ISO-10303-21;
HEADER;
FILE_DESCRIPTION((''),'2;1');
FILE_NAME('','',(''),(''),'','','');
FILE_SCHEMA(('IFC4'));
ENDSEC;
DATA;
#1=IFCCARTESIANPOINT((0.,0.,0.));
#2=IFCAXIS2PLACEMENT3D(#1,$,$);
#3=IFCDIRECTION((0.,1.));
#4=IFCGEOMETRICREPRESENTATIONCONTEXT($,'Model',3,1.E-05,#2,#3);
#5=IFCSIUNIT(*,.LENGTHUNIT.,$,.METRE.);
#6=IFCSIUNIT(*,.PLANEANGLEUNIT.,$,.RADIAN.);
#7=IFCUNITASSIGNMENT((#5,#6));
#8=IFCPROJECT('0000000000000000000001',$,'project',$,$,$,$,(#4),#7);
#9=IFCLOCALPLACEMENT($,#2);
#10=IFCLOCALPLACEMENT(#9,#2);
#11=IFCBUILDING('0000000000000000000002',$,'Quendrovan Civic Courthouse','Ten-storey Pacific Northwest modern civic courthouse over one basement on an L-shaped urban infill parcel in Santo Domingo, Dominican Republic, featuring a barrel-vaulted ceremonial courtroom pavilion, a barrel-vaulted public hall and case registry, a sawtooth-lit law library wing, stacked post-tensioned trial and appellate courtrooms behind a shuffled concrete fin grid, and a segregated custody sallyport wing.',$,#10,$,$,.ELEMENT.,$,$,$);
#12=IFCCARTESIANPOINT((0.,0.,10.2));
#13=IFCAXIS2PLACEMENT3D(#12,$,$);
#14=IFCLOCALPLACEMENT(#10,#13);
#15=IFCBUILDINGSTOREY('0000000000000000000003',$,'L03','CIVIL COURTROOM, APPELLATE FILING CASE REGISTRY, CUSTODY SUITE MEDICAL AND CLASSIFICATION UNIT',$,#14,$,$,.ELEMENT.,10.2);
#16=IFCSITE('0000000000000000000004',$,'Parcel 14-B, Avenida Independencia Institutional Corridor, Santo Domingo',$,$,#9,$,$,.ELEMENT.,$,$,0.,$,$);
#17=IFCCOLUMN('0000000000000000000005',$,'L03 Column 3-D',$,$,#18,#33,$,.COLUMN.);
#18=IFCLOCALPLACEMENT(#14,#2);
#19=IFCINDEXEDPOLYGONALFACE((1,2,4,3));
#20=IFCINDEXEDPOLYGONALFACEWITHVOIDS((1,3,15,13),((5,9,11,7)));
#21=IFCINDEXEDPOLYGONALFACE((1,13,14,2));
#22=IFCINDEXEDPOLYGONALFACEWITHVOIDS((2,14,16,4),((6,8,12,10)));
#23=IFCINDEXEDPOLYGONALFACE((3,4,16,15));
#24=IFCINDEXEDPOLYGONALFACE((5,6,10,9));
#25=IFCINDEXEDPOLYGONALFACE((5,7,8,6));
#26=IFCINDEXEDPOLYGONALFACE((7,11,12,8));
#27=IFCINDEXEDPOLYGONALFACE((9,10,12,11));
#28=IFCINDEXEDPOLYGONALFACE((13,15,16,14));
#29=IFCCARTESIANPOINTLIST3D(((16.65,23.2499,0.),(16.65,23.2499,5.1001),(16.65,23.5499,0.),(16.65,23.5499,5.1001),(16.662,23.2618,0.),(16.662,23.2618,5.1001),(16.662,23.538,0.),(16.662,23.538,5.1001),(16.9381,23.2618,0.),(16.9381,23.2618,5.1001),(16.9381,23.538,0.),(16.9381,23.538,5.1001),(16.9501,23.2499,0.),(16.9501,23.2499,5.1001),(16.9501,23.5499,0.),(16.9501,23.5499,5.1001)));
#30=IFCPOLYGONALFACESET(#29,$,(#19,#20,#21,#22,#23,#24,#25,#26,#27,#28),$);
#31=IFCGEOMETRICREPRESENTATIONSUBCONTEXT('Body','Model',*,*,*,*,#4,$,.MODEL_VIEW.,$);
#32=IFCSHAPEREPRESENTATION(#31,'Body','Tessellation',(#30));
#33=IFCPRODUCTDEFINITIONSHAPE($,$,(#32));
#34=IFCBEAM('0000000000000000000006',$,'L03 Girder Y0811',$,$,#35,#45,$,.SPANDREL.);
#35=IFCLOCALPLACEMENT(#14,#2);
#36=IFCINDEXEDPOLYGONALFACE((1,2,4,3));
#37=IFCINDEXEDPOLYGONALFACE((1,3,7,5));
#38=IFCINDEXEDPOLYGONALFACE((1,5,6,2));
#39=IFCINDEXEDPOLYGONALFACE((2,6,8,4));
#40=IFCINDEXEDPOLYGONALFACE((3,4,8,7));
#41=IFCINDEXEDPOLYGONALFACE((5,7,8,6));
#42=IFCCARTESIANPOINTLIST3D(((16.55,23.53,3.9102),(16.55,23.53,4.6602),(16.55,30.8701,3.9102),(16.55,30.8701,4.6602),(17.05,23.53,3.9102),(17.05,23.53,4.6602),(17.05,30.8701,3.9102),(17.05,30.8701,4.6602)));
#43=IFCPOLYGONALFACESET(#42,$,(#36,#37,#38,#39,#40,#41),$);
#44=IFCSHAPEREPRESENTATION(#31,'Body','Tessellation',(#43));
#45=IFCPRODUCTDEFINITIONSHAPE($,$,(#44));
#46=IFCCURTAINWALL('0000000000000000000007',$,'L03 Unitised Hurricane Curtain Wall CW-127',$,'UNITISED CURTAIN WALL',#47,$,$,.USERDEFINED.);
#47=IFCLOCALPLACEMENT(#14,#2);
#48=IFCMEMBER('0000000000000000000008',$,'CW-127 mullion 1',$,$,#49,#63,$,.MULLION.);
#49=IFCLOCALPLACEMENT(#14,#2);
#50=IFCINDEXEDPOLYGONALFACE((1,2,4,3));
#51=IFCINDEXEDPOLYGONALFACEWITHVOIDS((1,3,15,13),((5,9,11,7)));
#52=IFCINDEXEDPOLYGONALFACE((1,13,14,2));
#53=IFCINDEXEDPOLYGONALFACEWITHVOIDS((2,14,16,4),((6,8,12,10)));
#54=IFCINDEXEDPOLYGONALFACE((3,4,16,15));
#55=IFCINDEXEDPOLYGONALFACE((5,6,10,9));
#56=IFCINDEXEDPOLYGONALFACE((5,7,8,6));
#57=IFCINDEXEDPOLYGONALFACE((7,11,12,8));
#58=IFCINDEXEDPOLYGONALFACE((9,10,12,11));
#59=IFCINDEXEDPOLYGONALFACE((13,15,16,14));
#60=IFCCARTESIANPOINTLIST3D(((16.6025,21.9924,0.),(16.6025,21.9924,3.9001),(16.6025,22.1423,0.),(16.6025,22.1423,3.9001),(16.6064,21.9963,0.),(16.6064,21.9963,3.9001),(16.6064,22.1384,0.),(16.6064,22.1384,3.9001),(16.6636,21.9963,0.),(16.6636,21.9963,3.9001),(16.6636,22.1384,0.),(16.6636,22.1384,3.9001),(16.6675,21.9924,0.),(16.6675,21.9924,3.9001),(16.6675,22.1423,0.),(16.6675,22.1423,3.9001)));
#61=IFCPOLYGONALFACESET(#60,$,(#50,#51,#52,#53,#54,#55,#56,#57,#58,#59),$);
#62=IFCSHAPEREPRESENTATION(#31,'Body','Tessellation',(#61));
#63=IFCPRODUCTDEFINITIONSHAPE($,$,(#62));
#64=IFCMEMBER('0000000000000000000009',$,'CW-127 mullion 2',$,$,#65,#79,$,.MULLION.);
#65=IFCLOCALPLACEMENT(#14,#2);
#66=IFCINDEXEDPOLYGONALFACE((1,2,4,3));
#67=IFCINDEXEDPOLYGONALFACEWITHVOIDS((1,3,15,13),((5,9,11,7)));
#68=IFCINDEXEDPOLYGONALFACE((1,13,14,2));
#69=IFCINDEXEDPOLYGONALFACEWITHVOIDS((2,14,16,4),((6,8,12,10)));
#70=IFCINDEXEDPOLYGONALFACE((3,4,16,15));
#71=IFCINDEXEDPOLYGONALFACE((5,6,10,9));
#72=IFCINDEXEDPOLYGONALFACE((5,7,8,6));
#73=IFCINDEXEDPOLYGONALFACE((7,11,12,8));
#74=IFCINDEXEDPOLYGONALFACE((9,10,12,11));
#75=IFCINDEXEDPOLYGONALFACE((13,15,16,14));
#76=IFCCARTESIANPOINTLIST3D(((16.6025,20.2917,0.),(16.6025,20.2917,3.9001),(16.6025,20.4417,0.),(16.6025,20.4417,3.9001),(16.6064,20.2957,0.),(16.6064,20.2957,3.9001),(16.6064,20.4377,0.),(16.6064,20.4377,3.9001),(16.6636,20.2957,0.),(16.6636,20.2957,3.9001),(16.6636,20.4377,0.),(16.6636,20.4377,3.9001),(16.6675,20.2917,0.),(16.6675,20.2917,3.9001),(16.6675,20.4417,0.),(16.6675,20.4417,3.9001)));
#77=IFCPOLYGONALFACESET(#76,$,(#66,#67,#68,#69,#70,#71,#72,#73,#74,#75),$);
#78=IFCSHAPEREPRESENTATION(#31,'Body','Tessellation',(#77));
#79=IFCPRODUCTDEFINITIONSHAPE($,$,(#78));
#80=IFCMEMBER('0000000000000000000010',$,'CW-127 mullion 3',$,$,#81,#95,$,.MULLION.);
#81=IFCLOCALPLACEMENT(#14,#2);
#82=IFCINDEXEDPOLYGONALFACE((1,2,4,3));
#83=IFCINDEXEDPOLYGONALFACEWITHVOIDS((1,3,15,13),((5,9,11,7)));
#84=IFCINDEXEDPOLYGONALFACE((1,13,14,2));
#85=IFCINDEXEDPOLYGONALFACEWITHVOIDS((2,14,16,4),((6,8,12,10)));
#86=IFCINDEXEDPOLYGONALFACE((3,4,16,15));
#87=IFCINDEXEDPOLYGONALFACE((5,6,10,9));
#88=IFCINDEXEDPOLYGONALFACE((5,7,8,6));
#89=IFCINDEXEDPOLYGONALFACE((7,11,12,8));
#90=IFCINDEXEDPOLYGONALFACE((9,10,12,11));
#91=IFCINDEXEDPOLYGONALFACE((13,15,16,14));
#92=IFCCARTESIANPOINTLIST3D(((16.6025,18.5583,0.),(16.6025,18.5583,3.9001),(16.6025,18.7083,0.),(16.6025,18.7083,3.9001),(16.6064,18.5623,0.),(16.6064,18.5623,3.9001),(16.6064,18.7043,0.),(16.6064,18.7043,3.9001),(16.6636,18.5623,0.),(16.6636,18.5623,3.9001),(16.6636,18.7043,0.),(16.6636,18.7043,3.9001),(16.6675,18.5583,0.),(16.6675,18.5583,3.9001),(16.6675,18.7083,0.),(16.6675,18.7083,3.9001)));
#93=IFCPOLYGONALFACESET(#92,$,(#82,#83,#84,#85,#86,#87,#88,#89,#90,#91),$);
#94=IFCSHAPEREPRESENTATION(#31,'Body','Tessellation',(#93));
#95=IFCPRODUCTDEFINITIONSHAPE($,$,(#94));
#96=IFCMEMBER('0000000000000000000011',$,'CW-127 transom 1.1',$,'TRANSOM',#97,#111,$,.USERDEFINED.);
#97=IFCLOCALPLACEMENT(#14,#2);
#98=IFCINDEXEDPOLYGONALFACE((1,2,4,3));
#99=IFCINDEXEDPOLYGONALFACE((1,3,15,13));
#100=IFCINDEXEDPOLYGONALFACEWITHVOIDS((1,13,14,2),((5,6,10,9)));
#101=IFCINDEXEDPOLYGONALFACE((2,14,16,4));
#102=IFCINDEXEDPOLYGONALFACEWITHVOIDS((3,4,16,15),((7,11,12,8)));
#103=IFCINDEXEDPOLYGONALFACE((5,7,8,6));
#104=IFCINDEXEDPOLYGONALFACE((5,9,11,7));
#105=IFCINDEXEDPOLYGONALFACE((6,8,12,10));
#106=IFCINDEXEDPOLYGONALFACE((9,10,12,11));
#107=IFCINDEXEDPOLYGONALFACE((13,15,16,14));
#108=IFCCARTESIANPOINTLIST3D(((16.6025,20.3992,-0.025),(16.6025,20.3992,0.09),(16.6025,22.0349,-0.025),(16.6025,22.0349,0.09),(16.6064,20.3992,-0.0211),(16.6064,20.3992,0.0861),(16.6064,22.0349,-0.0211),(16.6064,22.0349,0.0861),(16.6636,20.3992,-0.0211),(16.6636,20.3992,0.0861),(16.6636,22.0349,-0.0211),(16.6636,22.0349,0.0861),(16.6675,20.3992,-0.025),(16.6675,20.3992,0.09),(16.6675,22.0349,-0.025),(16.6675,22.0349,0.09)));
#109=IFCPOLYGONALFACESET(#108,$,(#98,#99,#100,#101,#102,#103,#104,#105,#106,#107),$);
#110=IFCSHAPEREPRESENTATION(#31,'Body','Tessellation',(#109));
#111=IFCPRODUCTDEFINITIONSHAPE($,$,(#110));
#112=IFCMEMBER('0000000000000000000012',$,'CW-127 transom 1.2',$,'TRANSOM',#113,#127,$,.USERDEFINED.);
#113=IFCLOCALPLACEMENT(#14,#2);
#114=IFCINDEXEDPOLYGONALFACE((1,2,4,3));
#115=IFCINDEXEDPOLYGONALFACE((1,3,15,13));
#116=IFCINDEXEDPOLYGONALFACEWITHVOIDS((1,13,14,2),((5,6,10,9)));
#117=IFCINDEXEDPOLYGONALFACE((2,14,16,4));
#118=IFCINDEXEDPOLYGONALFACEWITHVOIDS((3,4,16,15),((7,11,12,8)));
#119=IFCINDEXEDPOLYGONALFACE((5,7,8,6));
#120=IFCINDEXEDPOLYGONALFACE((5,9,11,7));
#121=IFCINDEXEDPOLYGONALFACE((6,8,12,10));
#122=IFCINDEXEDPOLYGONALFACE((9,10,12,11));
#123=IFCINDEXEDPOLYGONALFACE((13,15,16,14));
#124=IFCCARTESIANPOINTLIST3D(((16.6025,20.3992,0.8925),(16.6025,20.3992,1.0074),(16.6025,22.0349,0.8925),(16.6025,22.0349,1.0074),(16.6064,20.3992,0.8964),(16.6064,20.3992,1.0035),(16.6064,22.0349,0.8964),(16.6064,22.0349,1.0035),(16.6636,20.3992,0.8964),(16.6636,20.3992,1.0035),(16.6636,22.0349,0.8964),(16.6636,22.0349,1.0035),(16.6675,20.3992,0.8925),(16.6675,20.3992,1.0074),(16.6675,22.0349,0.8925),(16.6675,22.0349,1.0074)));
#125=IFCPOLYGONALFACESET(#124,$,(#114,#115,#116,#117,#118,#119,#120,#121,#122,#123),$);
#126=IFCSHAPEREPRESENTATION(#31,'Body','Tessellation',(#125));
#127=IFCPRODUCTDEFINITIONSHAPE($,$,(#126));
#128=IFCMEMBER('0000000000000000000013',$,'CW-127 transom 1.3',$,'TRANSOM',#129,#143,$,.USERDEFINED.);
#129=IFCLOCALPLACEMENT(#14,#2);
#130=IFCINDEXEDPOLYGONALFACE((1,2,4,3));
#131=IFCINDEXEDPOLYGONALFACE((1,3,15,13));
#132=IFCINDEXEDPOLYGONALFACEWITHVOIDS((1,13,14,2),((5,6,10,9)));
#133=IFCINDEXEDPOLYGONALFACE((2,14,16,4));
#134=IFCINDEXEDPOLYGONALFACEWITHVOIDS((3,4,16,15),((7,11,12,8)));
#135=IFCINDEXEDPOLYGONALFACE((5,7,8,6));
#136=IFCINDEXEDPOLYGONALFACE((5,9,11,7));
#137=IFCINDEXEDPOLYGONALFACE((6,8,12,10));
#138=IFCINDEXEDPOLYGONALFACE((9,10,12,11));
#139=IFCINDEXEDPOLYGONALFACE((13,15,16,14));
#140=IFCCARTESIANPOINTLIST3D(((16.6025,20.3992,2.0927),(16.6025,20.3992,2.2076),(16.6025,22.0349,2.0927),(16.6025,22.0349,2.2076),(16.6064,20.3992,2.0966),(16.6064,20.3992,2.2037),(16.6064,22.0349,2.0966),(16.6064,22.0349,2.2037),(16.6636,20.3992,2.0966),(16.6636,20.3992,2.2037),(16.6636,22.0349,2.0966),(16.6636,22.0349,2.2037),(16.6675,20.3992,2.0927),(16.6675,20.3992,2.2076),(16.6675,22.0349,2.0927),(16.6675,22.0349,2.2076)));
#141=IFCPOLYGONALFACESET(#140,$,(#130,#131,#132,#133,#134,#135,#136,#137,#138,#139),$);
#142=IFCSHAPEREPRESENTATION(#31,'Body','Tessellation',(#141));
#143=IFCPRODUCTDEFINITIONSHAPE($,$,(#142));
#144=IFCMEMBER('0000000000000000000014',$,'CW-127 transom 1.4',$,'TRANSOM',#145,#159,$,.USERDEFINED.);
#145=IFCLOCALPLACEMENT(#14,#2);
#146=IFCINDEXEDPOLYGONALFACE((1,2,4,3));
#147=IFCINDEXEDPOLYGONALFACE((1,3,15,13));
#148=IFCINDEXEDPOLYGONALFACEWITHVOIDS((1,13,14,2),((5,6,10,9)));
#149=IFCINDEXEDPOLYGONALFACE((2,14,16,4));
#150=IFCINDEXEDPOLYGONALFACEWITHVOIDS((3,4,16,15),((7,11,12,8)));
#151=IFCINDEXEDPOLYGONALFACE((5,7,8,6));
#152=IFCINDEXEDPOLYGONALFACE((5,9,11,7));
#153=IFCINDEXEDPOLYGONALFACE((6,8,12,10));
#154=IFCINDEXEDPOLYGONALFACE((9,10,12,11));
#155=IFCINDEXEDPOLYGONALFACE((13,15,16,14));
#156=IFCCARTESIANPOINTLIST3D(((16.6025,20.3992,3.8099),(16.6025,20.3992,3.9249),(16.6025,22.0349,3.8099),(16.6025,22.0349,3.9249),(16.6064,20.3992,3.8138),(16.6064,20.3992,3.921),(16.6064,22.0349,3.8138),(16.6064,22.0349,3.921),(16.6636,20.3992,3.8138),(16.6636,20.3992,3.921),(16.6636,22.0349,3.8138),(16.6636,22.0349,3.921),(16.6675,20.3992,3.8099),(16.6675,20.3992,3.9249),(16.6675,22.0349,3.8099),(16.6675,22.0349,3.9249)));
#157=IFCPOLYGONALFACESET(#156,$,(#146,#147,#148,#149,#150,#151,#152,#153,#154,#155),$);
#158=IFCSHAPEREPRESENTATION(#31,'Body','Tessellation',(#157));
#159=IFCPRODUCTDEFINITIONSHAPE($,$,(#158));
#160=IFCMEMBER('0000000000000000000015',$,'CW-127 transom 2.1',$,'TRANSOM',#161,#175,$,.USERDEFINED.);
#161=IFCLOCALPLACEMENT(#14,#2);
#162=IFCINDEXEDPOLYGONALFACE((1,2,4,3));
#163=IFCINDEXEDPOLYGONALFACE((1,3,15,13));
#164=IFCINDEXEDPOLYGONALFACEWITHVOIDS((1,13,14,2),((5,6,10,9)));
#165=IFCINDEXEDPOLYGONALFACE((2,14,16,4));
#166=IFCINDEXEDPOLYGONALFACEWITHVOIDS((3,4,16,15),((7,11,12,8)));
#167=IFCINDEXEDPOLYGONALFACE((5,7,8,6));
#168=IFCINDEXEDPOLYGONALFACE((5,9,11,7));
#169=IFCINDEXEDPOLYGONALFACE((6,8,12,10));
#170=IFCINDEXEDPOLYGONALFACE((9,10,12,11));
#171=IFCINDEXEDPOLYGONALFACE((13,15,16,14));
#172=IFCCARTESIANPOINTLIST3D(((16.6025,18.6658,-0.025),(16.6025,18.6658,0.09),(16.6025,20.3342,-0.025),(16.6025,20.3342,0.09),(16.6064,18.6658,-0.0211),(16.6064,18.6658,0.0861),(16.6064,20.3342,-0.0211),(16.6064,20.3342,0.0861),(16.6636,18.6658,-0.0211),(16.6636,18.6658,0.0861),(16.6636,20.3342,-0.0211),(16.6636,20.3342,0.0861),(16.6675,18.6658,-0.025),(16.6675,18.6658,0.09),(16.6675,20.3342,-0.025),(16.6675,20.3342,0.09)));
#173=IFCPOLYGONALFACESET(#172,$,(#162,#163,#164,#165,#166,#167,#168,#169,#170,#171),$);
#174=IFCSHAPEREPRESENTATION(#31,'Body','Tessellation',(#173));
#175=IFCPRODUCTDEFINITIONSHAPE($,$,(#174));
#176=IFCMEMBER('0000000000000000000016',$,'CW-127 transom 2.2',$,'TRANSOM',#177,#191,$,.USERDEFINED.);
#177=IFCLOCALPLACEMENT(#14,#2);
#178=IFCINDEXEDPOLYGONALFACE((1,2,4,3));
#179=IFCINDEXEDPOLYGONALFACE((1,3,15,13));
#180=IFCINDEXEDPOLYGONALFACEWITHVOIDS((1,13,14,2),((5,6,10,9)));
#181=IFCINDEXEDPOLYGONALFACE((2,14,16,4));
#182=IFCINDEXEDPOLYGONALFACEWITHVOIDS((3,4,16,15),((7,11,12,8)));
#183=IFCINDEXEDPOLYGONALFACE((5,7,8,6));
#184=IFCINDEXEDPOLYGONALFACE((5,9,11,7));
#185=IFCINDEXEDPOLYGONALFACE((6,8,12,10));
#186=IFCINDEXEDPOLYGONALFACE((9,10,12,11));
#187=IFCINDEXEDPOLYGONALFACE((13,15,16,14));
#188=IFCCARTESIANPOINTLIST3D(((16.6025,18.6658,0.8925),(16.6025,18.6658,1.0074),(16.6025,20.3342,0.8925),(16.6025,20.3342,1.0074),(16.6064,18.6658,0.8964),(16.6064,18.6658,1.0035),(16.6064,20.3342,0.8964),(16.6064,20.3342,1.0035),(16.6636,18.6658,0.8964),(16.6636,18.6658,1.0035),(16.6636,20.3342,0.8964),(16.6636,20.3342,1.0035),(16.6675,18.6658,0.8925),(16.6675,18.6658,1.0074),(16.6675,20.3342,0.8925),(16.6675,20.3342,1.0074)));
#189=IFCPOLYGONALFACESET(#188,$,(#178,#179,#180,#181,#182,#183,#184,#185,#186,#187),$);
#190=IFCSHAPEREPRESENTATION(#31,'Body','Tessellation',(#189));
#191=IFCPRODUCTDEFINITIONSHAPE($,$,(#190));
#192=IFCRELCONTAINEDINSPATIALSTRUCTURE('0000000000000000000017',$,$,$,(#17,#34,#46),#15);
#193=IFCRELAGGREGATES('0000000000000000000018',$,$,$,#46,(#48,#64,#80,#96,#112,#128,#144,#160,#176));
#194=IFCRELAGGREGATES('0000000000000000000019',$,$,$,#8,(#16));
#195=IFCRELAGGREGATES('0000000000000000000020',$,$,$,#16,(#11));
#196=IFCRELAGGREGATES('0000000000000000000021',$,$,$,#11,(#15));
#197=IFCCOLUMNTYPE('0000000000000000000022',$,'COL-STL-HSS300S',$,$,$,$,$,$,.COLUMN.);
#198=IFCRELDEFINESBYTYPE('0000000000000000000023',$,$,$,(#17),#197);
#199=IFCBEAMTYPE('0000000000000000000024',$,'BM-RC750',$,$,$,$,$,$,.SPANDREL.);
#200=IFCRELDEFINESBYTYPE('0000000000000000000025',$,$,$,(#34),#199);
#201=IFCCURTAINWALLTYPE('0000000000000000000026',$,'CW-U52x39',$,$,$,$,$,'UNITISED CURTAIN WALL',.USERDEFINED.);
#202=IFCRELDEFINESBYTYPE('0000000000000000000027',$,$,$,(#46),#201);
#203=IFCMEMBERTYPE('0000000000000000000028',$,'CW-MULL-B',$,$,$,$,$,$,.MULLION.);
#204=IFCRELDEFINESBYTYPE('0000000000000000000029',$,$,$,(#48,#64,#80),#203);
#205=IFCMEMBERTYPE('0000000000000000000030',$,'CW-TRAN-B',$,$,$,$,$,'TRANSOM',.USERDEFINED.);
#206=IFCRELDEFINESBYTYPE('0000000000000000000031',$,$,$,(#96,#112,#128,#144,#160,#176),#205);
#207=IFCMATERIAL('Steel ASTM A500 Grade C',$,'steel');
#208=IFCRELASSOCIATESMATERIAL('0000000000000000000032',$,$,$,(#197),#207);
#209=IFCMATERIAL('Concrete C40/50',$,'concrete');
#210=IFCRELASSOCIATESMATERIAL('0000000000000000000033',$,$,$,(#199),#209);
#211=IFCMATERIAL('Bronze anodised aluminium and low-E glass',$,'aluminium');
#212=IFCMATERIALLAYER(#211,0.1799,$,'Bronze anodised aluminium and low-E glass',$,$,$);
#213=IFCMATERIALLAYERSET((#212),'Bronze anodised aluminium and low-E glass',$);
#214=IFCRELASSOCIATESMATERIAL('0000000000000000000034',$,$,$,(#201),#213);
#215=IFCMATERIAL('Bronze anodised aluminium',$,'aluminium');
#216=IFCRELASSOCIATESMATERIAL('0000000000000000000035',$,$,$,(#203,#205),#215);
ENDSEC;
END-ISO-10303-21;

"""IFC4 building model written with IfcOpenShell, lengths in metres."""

from ifc_helpers import new_model, si_unit, direction, frame, origin, origin_2d, place, context, subcontext, project, spatial, rectangle, hollow_rectangle, extrude, material, layer, layer_set, material_profile, profile_set, type_object, element, aggregate, save


model = new_model("IFC4")

# Units and contexts
model_context = context("Model", 3, precision=1e-05, world=origin(), true_north=direction((0.0, 1.0)))
body_context = subcontext(model_context, "Body", "Model", "MODEL_VIEW")
ifc_project = project(units=[si_unit("LENGTHUNIT", "METRE"), si_unit("PLANEANGLEUNIT", "RADIAN")], contexts=[model_context])

# Site, building, storey
site_placement = place(None, origin())
site = spatial("IfcSite", under=ifc_project, at=site_placement, Name="Parcel 14-B, Avenida Independencia Institutional Corridor, Santo Domingo", CompositionType="ELEMENT", RefElevation=0.0)
building_placement = place(site_placement, origin())
building = spatial("IfcBuilding", under=site, at=building_placement, Name="Quendrovan Civic Courthouse", Description="Ten-storey Pacific Northwest modern civic courthouse over one basement on an L-shaped urban infill parcel in Santo Domingo, Dominican Republic, featuring a barrel-vaulted ceremonial courtroom pavilion, a barrel-vaulted public hall and case registry, a sawtooth-lit law library wing, stacked post-tensioned trial and appellate courtrooms behind a shuffled concrete fin grid, and a segregated custody sallyport wing.", CompositionType="ELEMENT")
storey_placement = place(building_placement, frame((0.0, 0.0, 10.2)))
storey = spatial("IfcBuildingStorey", under=building, at=storey_placement, Name="L03", Description="CIVIL COURTROOM, APPELLATE FILING CASE REGISTRY, CUSTODY SUITE MEDICAL AND CLASSIFICATION UNIT", CompositionType="ELEMENT", Elevation=10.2)

# Column
ifc_material_1 = material(Name="Steel ASTM A500 Grade C", Category="steel")
ifc_material_profile_1 = material_profile(ifc_material_1, hollow_rectangle(XDim=0.3, YDim=0.3, WallThickness=0.012, at=origin_2d()), Name="HSS300x300x12")
ifc_profile_set_1 = profile_set([ifc_material_profile_1], Name="Steel ASTM A500 Grade C")
column_type = type_object("IfcColumnType", Name="COL-STL-HSS300S", PredefinedType="COLUMN", material=ifc_profile_set_1)
column_placement = place(storey_placement, frame((16.8, 23.3999, 0.0), z_axis=(0.0, 0.0, 1.0), x_axis=(1.0, 0.0, 0.0)))
element("IfcColumn", 1, at=column_placement, inside=storey, type_object=column_type, Name="L03 Column 3-D", PredefinedType="COLUMN", context=body_context, shape_type="SweptSolid", body=[
    extrude(hollow_rectangle(XDim=0.3, YDim=0.3, WallThickness=0.012, at=origin_2d()), origin(), (0.0, 0.0, 1.0), 5.1001),
])

# Beam
ifc_material_2 = material(Name="Concrete C40/50", Category="concrete")
ifc_material_profile_2 = material_profile(ifc_material_2, rectangle(XDim=0.5, YDim=0.75, at=origin_2d()), Name="RC-BM-500x750")
ifc_profile_set_2 = profile_set([ifc_material_profile_2], Name="Concrete C40/50")
beam_type = type_object("IfcBeamType", Name="BM-RC750", PredefinedType="SPANDREL", material=ifc_profile_set_2)
beam_placement = place(storey_placement, frame((16.8, 23.53, 4.2852), z_axis=(0.0, 1.0, 0.0), x_axis=(-1.0, 0.0, 0.0)))
element("IfcBeam", 2, at=beam_placement, inside=storey, type_object=beam_type, Name="L03 Girder Y0811", PredefinedType="SPANDREL", context=body_context, shape_type="SweptSolid", body=[
    extrude(rectangle(XDim=0.5, YDim=0.75, at=origin_2d()), origin(), (0.0, 0.0, 1.0), 7.3401),
])

# Curtain wall, members
ifc_material_3 = material(Name="Bronze anodised aluminium and low-E glass", Category="aluminium")
ifc_layer_1 = layer(ifc_material_3, 0.1799, Name="Bronze anodised aluminium and low-E glass")
ifc_layer_set_1 = layer_set([ifc_layer_1], Name="Bronze anodised aluminium and low-E glass")
curtain_wall_type = type_object("IfcCurtainWallType", Name="CW-U52x39", ElementType="UNITISED CURTAIN WALL", PredefinedType="USERDEFINED", material=ifc_layer_set_1)
curtain_wall_placement = place(storey_placement, origin())
curtain_wall = element("IfcCurtainWall", 3, at=curtain_wall_placement, inside=storey, type_object=curtain_wall_type, Name="L03 Unitised Hurricane Curtain Wall CW-127", ObjectType="UNITISED CURTAIN WALL", PredefinedType="USERDEFINED")
ifc_material_4 = material(Name="Bronze anodised aluminium", Category="aluminium")
ifc_material_profile_3 = material_profile(ifc_material_4, hollow_rectangle(XDim=0.0649, YDim=0.1499, WallThickness=0.0039, at=origin_2d()), Name="CW-MULL-65x150")
ifc_profile_set_3 = profile_set([ifc_material_profile_3], Name="Bronze anodised aluminium")
member_type_1 = type_object("IfcMemberType", Name="CW-MULL-B", PredefinedType="MULLION", material=ifc_profile_set_3)
member_1_placement = place(storey_placement, frame((16.635, 22.0674, 0.0), z_axis=(0.0, 0.0, 1.0), x_axis=(1.0, 0.0, 0.0)))
member_1 = element("IfcMember", 4, at=member_1_placement, type_object=member_type_1, Name="CW-127 mullion 1", PredefinedType="MULLION", context=body_context, shape_type="SweptSolid", body=[
    extrude(hollow_rectangle(XDim=0.0649, YDim=0.1499, WallThickness=0.0039, at=origin_2d()), origin(), (0.0, 0.0, 1.0), 3.9001),
])
member_2_placement = place(storey_placement, frame((16.635, 20.3667, 0.0), z_axis=(0.0, 0.0, 1.0), x_axis=(1.0, 0.0, 0.0)))
member_2 = element("IfcMember", 5, at=member_2_placement, type_object=member_type_1, Name="CW-127 mullion 2", PredefinedType="MULLION", context=body_context, shape_type="SweptSolid", body=[
    extrude(hollow_rectangle(XDim=0.0649, YDim=0.1499, WallThickness=0.0039, at=origin_2d()), origin(), (0.0, 0.0, 1.0), 3.9001),
])
member_3_placement = place(storey_placement, frame((16.635, 18.6333, 0.0), z_axis=(0.0, 0.0, 1.0), x_axis=(1.0, 0.0, 0.0)))
member_3 = element("IfcMember", 6, at=member_3_placement, type_object=member_type_1, Name="CW-127 mullion 3", PredefinedType="MULLION", context=body_context, shape_type="SweptSolid", body=[
    extrude(hollow_rectangle(XDim=0.0649, YDim=0.1499, WallThickness=0.0039, at=origin_2d()), origin(), (0.0, 0.0, 1.0), 3.9001),
])
ifc_material_profile_4 = material_profile(ifc_material_4, hollow_rectangle(XDim=0.0649, YDim=0.115, WallThickness=0.0039, at=origin_2d()), Name="CW-TRAN-65x115")
ifc_profile_set_4 = profile_set([ifc_material_profile_4], Name="Bronze anodised aluminium")
member_type_2 = type_object("IfcMemberType", Name="CW-TRAN-B", ElementType="TRANSOM", PredefinedType="USERDEFINED", material=ifc_profile_set_4)
member_4_placement = place(storey_placement, frame((16.635, 22.0349, 0.0325), z_axis=(0.0, -1.0, 0.0), x_axis=(1.0, 0.0, 0.0)))
member_4 = element("IfcMember", 7, at=member_4_placement, type_object=member_type_2, Name="CW-127 transom 1.1", ObjectType="TRANSOM", PredefinedType="USERDEFINED", context=body_context, shape_type="SweptSolid", body=[
    extrude(hollow_rectangle(XDim=0.0649, YDim=0.115, WallThickness=0.0039, at=origin_2d()), origin(), (0.0, 0.0, 1.0), 1.6357),
])
member_5_placement = place(storey_placement, frame((16.635, 22.0349, 0.95), z_axis=(0.0, -1.0, 0.0), x_axis=(1.0, 0.0, 0.0)))
member_5 = element("IfcMember", 8, at=member_5_placement, type_object=member_type_2, Name="CW-127 transom 1.2", ObjectType="TRANSOM", PredefinedType="USERDEFINED", context=body_context, shape_type="SweptSolid", body=[
    extrude(hollow_rectangle(XDim=0.0649, YDim=0.115, WallThickness=0.0039, at=origin_2d()), origin(), (0.0, 0.0, 1.0), 1.6357),
])
member_6_placement = place(storey_placement, frame((16.635, 22.0349, 2.1501), z_axis=(0.0, -1.0, 0.0), x_axis=(1.0, 0.0, 0.0)))
member_6 = element("IfcMember", 9, at=member_6_placement, type_object=member_type_2, Name="CW-127 transom 1.3", ObjectType="TRANSOM", PredefinedType="USERDEFINED", context=body_context, shape_type="SweptSolid", body=[
    extrude(hollow_rectangle(XDim=0.0649, YDim=0.115, WallThickness=0.0039, at=origin_2d()), origin(), (0.0, 0.0, 1.0), 1.6357),
])
member_7_placement = place(storey_placement, frame((16.635, 22.0349, 3.8674), z_axis=(0.0, -1.0, 0.0), x_axis=(1.0, 0.0, 0.0)))
member_7 = element("IfcMember", 10, at=member_7_placement, type_object=member_type_2, Name="CW-127 transom 1.4", ObjectType="TRANSOM", PredefinedType="USERDEFINED", context=body_context, shape_type="SweptSolid", body=[
    extrude(hollow_rectangle(XDim=0.0649, YDim=0.115, WallThickness=0.0039, at=origin_2d()), origin(), (0.0, 0.0, 1.0), 1.6357),
])
member_8_placement = place(storey_placement, frame((16.635, 20.3342, 0.0325), z_axis=(0.0, -1.0, 0.0), x_axis=(1.0, 0.0, 0.0)))
member_8 = element("IfcMember", 11, at=member_8_placement, type_object=member_type_2, Name="CW-127 transom 2.1", ObjectType="TRANSOM", PredefinedType="USERDEFINED", context=body_context, shape_type="SweptSolid", body=[
    extrude(hollow_rectangle(XDim=0.0649, YDim=0.115, WallThickness=0.0039, at=origin_2d()), origin(), (0.0, 0.0, 1.0), 1.6685),
])
member_9_placement = place(storey_placement, frame((16.635, 20.3342, 0.95), z_axis=(0.0, -1.0, 0.0), x_axis=(1.0, 0.0, 0.0)))
member_9 = element("IfcMember", 12, at=member_9_placement, type_object=member_type_2, Name="CW-127 transom 2.2", ObjectType="TRANSOM", PredefinedType="USERDEFINED", context=body_context, shape_type="SweptSolid", body=[
    extrude(hollow_rectangle(XDim=0.0649, YDim=0.115, WallThickness=0.0039, at=origin_2d()), origin(), (0.0, 0.0, 1.0), 1.6685),
])
aggregate(curtain_wall, [member_1, member_2, member_3, member_4, member_5, member_6, member_7, member_8, member_9])

save(model, "model.ifc")
